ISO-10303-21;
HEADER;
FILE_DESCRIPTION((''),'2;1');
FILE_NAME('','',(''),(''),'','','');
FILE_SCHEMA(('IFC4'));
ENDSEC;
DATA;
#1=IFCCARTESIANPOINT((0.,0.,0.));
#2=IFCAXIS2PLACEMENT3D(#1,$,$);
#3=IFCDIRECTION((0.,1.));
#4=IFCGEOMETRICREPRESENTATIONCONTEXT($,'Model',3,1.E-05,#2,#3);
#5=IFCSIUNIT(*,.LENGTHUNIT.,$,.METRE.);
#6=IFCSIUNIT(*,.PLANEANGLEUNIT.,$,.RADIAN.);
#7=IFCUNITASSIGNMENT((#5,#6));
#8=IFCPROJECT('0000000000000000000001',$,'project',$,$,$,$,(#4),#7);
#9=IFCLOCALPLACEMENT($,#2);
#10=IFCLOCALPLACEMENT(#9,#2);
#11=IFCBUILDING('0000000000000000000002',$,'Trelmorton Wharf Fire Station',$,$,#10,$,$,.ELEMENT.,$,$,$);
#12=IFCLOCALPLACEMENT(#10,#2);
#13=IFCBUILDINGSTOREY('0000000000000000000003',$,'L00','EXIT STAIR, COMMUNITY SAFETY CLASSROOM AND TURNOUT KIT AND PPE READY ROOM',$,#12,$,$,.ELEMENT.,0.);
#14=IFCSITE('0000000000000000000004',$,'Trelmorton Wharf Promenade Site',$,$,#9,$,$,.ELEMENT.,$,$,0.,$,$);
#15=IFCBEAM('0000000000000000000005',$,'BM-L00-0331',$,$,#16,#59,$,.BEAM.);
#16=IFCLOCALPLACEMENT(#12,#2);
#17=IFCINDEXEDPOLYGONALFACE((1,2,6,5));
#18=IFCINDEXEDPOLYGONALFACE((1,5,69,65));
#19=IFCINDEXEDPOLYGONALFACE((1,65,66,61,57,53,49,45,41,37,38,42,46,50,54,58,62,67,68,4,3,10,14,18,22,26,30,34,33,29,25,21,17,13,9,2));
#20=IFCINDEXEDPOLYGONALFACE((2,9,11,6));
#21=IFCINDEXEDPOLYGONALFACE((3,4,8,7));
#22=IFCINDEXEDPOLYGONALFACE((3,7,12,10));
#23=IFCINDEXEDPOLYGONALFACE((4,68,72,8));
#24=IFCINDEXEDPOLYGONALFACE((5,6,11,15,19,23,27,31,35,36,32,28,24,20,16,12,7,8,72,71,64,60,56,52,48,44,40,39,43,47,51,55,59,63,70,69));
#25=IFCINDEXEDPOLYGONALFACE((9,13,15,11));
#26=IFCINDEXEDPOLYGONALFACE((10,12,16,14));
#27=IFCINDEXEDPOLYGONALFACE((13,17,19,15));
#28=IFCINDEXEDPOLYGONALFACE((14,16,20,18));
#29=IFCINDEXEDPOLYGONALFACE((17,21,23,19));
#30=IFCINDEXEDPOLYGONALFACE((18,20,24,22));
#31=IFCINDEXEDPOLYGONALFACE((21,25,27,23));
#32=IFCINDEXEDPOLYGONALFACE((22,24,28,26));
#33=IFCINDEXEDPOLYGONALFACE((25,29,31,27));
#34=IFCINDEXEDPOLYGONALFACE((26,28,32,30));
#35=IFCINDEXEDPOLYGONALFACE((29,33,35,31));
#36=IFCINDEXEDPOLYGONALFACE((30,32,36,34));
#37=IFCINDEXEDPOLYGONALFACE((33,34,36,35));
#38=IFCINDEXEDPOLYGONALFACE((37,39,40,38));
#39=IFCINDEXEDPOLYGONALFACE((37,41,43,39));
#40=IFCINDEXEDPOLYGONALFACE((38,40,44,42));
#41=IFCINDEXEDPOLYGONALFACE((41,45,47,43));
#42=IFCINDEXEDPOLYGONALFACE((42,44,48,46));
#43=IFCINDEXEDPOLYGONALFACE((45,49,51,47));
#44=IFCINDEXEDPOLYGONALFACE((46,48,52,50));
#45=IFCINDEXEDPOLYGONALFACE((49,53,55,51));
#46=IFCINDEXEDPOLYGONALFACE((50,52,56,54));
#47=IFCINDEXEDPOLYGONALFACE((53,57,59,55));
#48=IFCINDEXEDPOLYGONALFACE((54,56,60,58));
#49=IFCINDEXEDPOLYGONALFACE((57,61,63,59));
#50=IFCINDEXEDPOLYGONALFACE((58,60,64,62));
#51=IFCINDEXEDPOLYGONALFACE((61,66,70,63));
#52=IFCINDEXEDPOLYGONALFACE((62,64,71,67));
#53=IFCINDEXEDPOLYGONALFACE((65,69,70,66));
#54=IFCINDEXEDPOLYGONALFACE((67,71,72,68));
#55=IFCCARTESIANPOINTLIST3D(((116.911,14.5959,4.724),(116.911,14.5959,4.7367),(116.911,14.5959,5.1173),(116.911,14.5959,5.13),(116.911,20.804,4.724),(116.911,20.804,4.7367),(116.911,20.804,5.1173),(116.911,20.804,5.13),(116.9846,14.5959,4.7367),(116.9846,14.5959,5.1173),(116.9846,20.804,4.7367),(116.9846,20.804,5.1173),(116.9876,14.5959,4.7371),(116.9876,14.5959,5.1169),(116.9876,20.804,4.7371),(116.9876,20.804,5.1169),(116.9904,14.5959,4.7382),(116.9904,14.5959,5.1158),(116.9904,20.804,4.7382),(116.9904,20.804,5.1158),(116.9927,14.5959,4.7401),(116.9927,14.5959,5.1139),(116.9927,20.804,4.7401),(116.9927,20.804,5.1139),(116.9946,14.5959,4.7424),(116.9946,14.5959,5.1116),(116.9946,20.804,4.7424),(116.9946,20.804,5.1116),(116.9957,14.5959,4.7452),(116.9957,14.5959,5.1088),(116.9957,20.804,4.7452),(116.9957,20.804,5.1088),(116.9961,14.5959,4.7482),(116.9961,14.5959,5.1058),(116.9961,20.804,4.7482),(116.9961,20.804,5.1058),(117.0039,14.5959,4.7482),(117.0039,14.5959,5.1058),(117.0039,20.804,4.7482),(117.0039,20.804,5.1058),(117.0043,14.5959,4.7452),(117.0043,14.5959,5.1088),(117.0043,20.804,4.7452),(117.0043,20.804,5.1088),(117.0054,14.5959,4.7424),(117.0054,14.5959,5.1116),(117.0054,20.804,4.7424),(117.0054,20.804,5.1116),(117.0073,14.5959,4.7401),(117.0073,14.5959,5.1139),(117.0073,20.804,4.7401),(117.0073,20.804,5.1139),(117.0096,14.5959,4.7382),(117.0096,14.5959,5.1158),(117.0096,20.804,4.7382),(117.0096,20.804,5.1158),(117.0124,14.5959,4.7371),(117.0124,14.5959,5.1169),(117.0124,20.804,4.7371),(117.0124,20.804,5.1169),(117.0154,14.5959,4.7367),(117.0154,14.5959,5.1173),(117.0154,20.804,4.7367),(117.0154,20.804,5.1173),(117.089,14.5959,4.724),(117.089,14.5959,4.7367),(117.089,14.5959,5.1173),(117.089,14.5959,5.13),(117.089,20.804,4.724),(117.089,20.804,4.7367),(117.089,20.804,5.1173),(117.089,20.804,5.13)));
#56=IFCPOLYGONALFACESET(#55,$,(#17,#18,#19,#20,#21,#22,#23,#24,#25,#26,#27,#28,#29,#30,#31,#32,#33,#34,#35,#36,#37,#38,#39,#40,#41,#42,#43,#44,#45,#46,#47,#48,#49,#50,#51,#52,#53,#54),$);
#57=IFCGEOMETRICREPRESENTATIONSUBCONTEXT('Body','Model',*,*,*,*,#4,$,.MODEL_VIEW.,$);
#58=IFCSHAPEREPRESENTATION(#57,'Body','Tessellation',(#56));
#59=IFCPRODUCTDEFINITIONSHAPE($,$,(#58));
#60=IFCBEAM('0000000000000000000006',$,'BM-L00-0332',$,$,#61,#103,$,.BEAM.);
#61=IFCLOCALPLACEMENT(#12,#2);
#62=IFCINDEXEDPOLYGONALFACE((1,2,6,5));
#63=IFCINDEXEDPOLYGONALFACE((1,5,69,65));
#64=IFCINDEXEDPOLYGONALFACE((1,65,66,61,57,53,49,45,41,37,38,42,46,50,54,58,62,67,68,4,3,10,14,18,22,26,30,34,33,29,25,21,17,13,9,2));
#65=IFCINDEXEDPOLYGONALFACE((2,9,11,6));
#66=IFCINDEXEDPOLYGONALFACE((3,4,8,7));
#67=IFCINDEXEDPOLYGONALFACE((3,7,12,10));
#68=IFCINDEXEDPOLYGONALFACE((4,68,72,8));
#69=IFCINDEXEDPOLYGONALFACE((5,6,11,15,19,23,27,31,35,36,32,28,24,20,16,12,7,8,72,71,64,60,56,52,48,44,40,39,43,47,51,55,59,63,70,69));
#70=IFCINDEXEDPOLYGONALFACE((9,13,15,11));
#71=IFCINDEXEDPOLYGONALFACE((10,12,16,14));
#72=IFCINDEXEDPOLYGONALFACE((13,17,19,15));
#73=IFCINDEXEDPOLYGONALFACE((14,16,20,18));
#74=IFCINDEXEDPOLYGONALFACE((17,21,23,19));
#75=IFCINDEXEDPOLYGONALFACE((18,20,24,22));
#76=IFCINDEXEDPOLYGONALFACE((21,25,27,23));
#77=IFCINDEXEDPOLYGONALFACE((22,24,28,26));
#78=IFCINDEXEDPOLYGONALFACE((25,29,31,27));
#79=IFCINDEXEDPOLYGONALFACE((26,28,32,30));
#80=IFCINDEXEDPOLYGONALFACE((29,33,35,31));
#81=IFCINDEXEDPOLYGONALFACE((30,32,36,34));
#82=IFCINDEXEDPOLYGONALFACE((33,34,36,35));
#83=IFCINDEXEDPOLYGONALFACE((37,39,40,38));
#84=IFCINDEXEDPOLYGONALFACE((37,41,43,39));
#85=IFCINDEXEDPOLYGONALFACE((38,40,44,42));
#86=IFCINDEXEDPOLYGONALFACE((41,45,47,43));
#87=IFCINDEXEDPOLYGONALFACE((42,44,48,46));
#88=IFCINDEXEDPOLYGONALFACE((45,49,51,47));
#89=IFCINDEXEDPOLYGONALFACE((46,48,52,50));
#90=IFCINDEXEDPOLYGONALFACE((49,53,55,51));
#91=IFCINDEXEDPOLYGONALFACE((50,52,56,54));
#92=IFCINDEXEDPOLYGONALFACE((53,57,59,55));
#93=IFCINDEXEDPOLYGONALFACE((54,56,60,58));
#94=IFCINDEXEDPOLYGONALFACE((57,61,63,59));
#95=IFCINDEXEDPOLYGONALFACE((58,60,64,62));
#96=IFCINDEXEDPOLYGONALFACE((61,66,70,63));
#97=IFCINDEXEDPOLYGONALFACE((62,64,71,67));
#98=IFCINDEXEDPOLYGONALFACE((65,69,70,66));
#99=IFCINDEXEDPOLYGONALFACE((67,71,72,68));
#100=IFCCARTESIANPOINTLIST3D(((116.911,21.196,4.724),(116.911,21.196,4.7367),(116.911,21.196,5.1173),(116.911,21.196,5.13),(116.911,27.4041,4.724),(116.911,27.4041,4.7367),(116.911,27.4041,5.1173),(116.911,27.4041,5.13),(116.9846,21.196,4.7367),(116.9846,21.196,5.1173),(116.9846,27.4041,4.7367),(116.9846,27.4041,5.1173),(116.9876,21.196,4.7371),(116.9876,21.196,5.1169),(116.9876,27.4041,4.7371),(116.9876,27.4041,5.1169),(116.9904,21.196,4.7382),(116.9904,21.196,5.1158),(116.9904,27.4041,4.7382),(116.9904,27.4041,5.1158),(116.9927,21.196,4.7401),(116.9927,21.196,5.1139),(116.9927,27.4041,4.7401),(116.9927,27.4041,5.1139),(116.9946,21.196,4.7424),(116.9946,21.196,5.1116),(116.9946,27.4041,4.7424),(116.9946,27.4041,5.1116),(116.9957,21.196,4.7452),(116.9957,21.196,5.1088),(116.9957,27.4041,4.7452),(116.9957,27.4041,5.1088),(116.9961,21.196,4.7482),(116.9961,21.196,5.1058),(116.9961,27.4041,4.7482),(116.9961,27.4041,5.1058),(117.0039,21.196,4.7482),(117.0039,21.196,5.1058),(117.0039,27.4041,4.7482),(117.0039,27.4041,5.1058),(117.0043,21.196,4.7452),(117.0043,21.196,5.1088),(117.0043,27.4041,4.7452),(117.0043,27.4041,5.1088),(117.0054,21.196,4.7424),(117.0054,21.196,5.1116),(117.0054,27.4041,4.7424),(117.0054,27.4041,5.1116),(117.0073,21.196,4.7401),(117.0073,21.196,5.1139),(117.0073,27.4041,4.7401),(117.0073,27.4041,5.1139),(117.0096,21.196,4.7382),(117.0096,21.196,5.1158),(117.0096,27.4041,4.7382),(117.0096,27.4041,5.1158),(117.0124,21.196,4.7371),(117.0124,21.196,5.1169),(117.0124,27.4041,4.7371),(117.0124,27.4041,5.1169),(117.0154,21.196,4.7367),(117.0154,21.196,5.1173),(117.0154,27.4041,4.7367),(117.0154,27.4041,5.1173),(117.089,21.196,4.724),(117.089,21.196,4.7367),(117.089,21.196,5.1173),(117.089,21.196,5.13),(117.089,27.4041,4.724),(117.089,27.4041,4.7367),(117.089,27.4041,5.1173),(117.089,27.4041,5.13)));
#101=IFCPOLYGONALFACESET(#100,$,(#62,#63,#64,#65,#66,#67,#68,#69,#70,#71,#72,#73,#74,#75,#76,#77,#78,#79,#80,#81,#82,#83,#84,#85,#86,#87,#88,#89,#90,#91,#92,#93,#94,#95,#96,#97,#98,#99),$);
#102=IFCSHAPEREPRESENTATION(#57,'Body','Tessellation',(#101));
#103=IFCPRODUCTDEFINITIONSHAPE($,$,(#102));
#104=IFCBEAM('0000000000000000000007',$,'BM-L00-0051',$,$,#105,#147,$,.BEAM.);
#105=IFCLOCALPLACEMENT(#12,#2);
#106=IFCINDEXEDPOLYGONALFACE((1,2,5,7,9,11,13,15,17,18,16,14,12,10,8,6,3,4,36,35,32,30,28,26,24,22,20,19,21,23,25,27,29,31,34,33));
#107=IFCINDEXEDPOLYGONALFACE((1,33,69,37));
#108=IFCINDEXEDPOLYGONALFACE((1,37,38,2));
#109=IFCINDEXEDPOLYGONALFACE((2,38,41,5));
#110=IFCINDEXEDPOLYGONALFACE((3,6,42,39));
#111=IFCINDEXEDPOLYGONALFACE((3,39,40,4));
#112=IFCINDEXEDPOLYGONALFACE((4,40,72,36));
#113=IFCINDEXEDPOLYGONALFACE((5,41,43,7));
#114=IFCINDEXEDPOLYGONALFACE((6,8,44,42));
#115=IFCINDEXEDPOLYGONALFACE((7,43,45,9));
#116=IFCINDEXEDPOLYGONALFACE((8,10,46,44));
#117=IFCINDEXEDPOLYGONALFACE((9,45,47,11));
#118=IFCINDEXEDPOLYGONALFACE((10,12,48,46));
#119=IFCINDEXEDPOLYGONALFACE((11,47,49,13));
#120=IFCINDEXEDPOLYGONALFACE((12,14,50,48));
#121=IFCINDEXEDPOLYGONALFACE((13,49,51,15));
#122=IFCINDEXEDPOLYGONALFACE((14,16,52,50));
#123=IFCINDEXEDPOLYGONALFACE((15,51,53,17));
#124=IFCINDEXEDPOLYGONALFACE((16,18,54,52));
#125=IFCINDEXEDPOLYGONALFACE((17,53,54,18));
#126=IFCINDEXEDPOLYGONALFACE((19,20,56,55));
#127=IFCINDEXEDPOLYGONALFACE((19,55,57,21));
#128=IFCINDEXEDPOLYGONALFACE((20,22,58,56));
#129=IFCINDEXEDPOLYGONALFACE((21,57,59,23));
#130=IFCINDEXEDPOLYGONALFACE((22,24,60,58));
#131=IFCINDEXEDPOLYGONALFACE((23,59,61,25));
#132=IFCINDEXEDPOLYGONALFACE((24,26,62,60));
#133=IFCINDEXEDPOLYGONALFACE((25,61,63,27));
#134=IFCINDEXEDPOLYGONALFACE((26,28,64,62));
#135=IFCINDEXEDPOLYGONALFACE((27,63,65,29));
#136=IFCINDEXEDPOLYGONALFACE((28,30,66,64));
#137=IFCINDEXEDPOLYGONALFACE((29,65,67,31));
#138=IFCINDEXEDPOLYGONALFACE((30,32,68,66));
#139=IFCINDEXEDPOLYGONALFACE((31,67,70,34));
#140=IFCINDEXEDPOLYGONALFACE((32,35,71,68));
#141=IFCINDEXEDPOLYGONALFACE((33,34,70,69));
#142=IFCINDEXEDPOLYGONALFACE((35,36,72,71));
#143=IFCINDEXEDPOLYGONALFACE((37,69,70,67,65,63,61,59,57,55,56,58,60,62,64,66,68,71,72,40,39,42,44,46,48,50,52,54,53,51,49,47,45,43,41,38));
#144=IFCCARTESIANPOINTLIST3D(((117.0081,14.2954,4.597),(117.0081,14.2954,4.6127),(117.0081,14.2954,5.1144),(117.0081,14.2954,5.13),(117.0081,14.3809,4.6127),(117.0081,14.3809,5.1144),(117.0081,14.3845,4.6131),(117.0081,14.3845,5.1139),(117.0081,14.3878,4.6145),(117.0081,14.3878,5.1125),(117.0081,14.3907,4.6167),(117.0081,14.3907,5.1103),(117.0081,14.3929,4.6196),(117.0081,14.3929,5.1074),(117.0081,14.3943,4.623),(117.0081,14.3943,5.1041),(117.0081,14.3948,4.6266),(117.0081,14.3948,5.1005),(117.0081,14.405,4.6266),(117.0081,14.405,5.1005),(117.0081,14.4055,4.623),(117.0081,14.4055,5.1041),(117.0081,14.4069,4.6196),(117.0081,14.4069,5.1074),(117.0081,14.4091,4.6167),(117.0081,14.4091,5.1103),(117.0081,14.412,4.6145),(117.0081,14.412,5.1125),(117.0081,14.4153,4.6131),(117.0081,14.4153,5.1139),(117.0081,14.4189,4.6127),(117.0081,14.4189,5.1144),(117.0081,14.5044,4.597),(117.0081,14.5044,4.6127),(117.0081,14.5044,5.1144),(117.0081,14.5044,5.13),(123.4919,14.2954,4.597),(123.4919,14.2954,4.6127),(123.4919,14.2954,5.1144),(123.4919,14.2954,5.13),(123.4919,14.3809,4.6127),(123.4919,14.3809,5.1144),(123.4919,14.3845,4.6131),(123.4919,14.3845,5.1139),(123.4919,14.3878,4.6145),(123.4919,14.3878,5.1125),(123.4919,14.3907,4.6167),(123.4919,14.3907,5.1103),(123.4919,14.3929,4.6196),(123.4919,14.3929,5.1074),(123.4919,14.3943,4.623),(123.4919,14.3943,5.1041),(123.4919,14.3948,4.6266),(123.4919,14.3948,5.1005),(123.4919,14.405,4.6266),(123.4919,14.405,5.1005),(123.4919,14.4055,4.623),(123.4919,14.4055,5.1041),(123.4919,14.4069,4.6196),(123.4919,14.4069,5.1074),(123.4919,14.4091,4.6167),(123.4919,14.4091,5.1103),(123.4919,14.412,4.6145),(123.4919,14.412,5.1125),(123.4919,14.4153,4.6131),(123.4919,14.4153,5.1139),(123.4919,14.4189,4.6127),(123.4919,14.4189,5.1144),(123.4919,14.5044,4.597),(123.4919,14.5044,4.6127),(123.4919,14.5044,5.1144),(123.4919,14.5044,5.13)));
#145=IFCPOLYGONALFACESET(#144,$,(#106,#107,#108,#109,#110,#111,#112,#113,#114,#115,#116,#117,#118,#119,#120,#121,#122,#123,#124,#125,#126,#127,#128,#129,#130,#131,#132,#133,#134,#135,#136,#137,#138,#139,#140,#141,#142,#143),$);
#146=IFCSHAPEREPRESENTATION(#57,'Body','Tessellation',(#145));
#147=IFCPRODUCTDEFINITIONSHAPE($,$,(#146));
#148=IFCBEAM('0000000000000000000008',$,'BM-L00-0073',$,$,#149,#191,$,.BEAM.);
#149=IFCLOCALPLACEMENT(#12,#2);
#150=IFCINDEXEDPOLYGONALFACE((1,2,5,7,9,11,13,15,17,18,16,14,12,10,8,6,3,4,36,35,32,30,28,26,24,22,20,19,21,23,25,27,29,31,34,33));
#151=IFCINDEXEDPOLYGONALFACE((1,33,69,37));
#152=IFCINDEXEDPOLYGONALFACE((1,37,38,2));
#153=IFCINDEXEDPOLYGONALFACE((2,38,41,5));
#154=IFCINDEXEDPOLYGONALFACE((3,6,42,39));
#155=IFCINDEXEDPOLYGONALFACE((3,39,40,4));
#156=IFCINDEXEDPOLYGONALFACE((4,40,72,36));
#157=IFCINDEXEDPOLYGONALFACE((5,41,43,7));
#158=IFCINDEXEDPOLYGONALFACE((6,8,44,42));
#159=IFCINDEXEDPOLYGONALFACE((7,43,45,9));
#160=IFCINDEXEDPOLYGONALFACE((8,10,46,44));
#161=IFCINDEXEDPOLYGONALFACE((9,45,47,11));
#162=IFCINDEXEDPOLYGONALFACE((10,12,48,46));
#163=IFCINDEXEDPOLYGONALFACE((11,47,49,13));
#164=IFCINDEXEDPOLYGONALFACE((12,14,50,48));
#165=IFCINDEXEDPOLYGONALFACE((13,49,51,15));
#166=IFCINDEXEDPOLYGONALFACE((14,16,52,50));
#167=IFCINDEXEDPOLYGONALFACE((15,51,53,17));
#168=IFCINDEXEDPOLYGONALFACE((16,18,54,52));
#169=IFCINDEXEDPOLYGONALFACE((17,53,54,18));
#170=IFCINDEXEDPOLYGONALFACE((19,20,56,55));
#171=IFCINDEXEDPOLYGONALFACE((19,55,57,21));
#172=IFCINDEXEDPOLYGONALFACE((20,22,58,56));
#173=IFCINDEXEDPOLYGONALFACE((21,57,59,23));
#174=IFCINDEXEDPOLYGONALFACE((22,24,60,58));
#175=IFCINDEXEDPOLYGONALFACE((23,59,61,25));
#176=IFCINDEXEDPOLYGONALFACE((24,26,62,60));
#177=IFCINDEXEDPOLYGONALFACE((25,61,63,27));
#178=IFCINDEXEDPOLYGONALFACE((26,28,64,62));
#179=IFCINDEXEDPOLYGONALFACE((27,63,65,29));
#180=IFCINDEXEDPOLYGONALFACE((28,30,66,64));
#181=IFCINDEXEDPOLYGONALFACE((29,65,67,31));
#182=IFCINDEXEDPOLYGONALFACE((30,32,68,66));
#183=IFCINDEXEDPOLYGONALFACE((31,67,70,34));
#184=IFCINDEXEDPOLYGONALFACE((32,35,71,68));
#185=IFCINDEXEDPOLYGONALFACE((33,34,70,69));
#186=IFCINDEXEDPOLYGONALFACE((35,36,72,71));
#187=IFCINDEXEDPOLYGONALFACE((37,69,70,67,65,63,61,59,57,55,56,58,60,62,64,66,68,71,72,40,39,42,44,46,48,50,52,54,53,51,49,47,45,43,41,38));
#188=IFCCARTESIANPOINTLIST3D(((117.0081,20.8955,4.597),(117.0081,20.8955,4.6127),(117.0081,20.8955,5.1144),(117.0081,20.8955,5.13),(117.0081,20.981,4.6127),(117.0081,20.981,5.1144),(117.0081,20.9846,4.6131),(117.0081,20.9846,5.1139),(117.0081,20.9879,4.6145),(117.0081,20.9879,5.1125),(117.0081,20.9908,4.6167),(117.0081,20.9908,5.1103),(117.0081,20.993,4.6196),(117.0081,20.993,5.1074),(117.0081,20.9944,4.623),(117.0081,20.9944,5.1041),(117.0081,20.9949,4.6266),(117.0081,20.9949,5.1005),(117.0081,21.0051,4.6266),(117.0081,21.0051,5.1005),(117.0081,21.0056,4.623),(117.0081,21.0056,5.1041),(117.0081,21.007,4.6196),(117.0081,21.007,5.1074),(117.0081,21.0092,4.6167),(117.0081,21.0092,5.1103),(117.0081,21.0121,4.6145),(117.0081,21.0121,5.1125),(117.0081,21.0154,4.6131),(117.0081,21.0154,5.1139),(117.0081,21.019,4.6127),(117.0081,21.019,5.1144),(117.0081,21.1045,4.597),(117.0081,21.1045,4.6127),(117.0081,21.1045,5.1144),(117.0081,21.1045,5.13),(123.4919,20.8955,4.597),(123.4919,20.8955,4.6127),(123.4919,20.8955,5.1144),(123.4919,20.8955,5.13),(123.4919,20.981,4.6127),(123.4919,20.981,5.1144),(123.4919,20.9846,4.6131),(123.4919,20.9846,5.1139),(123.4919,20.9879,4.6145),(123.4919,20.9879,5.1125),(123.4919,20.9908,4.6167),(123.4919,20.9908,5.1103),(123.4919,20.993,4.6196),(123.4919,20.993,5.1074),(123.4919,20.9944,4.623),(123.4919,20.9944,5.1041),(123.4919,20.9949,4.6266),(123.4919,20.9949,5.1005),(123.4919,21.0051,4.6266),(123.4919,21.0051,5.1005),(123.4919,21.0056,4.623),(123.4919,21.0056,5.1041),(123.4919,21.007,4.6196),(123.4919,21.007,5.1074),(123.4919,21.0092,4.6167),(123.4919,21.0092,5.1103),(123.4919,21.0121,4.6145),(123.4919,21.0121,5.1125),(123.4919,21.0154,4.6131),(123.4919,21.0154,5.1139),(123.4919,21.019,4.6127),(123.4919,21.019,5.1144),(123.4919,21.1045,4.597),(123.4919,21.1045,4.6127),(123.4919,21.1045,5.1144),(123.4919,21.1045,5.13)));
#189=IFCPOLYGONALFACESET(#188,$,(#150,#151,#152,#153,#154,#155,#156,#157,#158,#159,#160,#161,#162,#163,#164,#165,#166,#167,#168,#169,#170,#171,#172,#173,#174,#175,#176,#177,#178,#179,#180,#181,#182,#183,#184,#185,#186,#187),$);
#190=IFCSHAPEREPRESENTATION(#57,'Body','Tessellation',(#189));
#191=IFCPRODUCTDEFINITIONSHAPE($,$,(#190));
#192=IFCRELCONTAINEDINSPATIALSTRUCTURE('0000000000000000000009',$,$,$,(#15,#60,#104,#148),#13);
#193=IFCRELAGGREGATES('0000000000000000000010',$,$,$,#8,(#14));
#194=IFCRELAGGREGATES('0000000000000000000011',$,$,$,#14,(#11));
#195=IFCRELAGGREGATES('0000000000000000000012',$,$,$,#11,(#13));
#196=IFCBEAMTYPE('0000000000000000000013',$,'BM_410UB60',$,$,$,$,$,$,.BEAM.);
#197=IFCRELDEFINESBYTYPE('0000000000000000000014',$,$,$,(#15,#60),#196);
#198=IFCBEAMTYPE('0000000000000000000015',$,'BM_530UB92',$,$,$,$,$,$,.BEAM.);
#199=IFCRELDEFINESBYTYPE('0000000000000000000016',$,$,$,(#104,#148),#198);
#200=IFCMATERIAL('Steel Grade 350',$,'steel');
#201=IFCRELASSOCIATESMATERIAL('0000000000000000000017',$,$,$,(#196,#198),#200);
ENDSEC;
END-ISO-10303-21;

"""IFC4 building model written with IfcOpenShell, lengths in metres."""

from ifc_helpers import new_model, si_unit, direction, frame, origin, origin_2d, place, context, subcontext, project, spatial, i_section, extrude, material, material_profile, profile_set, type_object, element, save


model = new_model("IFC4")

# Units and contexts
model_context = context("Model", 3, precision=1e-05, world=origin(), true_north=direction((0.0, 1.0)))
body_context = subcontext(model_context, "Body", "Model", "MODEL_VIEW")
ifc_project = project(units=[si_unit("LENGTHUNIT", "METRE"), si_unit("PLANEANGLEUNIT", "RADIAN")], contexts=[model_context])

# Site, building, storey
site_placement = place(None, origin())
site = spatial("IfcSite", under=ifc_project, at=site_placement, Name="Trelmorton Wharf Promenade Site", CompositionType="ELEMENT", RefElevation=0.0)
building_placement = place(site_placement, origin())
building = spatial("IfcBuilding", under=site, at=building_placement, Name="Trelmorton Wharf Fire Station", CompositionType="ELEMENT")
storey_placement = place(building_placement, origin())
storey = spatial("IfcBuildingStorey", under=building, at=storey_placement, Name="L00", Description="EXIT STAIR, COMMUNITY SAFETY CLASSROOM AND TURNOUT KIT AND PPE READY ROOM", CompositionType="ELEMENT", Elevation=0.0)

# Shared definitions
ifc_material_1 = material(Name="Steel Grade 350", Category="steel")

# Beams
ifc_material_profile_1 = material_profile(ifc_material_1, i_section(OverallWidth=0.178, OverallDepth=0.406, WebThickness=0.0078, FlangeThickness=0.0127, FilletRadius=0.0115, at=origin_2d()), Name="410UB59.7")
ifc_profile_set_1 = profile_set([ifc_material_profile_1], Name="Steel Grade 350")
beam_type_1 = type_object("IfcBeamType", Name="BM_410UB60", PredefinedType="BEAM", material=ifc_profile_set_1)
for number, where, z_axis, x_axis, name in (
    (1, (117.0, 14.5959, 4.927), (0.0, 1.0, 0.0), (-1.0, 0.0, 0.0), "BM-L00-0331"),
    (2, (117.0, 21.196, 4.927), (0.0, 1.0, 0.0), (-1.0, 0.0, 0.0), "BM-L00-0332"),
):
    element("IfcBeam", number, at=place(storey_placement, frame(where, z_axis=z_axis, x_axis=x_axis)), inside=storey, type_object=beam_type_1, Name=name, PredefinedType="BEAM", context=body_context, shape_type="SweptSolid", body=[
        extrude(i_section(OverallWidth=0.178, OverallDepth=0.406, WebThickness=0.0078, FlangeThickness=0.0127, FilletRadius=0.0115, at=origin_2d()), origin(), (0.0, 0.0, 1.0), 6.208),
    ])
ifc_material_profile_2 = material_profile(ifc_material_1, i_section(OverallWidth=0.209, OverallDepth=0.533, WebThickness=0.0103, FlangeThickness=0.0156, FilletRadius=0.0139, at=origin_2d()), Name="530UB92.4")
ifc_profile_set_2 = profile_set([ifc_material_profile_2], Name="Steel Grade 350")
beam_type_2 = type_object("IfcBeamType", Name="BM_530UB92", PredefinedType="BEAM", material=ifc_profile_set_2)
for number, where, z_axis, x_axis, name in (
    (3, (117.0081, 14.3999, 4.8635), (1.0, 0.0, 0.0), (0.0, 1.0, 0.0), "BM-L00-0051"),
    (4, (117.0081, 21.0, 4.8635), (1.0, 0.0, 0.0), (0.0, 1.0, 0.0), "BM-L00-0073"),
):
    element("IfcBeam", number, at=place(storey_placement, frame(where, z_axis=z_axis, x_axis=x_axis)), inside=storey, type_object=beam_type_2, Name=name, PredefinedType="BEAM", context=body_context, shape_type="SweptSolid", body=[
        extrude(i_section(OverallWidth=0.209, OverallDepth=0.533, WebThickness=0.0103, FlangeThickness=0.0156, FilletRadius=0.0139, at=origin_2d()), origin(), (0.0, 0.0, 1.0), 6.4839),
    ])

save(model, "model.ifc")
